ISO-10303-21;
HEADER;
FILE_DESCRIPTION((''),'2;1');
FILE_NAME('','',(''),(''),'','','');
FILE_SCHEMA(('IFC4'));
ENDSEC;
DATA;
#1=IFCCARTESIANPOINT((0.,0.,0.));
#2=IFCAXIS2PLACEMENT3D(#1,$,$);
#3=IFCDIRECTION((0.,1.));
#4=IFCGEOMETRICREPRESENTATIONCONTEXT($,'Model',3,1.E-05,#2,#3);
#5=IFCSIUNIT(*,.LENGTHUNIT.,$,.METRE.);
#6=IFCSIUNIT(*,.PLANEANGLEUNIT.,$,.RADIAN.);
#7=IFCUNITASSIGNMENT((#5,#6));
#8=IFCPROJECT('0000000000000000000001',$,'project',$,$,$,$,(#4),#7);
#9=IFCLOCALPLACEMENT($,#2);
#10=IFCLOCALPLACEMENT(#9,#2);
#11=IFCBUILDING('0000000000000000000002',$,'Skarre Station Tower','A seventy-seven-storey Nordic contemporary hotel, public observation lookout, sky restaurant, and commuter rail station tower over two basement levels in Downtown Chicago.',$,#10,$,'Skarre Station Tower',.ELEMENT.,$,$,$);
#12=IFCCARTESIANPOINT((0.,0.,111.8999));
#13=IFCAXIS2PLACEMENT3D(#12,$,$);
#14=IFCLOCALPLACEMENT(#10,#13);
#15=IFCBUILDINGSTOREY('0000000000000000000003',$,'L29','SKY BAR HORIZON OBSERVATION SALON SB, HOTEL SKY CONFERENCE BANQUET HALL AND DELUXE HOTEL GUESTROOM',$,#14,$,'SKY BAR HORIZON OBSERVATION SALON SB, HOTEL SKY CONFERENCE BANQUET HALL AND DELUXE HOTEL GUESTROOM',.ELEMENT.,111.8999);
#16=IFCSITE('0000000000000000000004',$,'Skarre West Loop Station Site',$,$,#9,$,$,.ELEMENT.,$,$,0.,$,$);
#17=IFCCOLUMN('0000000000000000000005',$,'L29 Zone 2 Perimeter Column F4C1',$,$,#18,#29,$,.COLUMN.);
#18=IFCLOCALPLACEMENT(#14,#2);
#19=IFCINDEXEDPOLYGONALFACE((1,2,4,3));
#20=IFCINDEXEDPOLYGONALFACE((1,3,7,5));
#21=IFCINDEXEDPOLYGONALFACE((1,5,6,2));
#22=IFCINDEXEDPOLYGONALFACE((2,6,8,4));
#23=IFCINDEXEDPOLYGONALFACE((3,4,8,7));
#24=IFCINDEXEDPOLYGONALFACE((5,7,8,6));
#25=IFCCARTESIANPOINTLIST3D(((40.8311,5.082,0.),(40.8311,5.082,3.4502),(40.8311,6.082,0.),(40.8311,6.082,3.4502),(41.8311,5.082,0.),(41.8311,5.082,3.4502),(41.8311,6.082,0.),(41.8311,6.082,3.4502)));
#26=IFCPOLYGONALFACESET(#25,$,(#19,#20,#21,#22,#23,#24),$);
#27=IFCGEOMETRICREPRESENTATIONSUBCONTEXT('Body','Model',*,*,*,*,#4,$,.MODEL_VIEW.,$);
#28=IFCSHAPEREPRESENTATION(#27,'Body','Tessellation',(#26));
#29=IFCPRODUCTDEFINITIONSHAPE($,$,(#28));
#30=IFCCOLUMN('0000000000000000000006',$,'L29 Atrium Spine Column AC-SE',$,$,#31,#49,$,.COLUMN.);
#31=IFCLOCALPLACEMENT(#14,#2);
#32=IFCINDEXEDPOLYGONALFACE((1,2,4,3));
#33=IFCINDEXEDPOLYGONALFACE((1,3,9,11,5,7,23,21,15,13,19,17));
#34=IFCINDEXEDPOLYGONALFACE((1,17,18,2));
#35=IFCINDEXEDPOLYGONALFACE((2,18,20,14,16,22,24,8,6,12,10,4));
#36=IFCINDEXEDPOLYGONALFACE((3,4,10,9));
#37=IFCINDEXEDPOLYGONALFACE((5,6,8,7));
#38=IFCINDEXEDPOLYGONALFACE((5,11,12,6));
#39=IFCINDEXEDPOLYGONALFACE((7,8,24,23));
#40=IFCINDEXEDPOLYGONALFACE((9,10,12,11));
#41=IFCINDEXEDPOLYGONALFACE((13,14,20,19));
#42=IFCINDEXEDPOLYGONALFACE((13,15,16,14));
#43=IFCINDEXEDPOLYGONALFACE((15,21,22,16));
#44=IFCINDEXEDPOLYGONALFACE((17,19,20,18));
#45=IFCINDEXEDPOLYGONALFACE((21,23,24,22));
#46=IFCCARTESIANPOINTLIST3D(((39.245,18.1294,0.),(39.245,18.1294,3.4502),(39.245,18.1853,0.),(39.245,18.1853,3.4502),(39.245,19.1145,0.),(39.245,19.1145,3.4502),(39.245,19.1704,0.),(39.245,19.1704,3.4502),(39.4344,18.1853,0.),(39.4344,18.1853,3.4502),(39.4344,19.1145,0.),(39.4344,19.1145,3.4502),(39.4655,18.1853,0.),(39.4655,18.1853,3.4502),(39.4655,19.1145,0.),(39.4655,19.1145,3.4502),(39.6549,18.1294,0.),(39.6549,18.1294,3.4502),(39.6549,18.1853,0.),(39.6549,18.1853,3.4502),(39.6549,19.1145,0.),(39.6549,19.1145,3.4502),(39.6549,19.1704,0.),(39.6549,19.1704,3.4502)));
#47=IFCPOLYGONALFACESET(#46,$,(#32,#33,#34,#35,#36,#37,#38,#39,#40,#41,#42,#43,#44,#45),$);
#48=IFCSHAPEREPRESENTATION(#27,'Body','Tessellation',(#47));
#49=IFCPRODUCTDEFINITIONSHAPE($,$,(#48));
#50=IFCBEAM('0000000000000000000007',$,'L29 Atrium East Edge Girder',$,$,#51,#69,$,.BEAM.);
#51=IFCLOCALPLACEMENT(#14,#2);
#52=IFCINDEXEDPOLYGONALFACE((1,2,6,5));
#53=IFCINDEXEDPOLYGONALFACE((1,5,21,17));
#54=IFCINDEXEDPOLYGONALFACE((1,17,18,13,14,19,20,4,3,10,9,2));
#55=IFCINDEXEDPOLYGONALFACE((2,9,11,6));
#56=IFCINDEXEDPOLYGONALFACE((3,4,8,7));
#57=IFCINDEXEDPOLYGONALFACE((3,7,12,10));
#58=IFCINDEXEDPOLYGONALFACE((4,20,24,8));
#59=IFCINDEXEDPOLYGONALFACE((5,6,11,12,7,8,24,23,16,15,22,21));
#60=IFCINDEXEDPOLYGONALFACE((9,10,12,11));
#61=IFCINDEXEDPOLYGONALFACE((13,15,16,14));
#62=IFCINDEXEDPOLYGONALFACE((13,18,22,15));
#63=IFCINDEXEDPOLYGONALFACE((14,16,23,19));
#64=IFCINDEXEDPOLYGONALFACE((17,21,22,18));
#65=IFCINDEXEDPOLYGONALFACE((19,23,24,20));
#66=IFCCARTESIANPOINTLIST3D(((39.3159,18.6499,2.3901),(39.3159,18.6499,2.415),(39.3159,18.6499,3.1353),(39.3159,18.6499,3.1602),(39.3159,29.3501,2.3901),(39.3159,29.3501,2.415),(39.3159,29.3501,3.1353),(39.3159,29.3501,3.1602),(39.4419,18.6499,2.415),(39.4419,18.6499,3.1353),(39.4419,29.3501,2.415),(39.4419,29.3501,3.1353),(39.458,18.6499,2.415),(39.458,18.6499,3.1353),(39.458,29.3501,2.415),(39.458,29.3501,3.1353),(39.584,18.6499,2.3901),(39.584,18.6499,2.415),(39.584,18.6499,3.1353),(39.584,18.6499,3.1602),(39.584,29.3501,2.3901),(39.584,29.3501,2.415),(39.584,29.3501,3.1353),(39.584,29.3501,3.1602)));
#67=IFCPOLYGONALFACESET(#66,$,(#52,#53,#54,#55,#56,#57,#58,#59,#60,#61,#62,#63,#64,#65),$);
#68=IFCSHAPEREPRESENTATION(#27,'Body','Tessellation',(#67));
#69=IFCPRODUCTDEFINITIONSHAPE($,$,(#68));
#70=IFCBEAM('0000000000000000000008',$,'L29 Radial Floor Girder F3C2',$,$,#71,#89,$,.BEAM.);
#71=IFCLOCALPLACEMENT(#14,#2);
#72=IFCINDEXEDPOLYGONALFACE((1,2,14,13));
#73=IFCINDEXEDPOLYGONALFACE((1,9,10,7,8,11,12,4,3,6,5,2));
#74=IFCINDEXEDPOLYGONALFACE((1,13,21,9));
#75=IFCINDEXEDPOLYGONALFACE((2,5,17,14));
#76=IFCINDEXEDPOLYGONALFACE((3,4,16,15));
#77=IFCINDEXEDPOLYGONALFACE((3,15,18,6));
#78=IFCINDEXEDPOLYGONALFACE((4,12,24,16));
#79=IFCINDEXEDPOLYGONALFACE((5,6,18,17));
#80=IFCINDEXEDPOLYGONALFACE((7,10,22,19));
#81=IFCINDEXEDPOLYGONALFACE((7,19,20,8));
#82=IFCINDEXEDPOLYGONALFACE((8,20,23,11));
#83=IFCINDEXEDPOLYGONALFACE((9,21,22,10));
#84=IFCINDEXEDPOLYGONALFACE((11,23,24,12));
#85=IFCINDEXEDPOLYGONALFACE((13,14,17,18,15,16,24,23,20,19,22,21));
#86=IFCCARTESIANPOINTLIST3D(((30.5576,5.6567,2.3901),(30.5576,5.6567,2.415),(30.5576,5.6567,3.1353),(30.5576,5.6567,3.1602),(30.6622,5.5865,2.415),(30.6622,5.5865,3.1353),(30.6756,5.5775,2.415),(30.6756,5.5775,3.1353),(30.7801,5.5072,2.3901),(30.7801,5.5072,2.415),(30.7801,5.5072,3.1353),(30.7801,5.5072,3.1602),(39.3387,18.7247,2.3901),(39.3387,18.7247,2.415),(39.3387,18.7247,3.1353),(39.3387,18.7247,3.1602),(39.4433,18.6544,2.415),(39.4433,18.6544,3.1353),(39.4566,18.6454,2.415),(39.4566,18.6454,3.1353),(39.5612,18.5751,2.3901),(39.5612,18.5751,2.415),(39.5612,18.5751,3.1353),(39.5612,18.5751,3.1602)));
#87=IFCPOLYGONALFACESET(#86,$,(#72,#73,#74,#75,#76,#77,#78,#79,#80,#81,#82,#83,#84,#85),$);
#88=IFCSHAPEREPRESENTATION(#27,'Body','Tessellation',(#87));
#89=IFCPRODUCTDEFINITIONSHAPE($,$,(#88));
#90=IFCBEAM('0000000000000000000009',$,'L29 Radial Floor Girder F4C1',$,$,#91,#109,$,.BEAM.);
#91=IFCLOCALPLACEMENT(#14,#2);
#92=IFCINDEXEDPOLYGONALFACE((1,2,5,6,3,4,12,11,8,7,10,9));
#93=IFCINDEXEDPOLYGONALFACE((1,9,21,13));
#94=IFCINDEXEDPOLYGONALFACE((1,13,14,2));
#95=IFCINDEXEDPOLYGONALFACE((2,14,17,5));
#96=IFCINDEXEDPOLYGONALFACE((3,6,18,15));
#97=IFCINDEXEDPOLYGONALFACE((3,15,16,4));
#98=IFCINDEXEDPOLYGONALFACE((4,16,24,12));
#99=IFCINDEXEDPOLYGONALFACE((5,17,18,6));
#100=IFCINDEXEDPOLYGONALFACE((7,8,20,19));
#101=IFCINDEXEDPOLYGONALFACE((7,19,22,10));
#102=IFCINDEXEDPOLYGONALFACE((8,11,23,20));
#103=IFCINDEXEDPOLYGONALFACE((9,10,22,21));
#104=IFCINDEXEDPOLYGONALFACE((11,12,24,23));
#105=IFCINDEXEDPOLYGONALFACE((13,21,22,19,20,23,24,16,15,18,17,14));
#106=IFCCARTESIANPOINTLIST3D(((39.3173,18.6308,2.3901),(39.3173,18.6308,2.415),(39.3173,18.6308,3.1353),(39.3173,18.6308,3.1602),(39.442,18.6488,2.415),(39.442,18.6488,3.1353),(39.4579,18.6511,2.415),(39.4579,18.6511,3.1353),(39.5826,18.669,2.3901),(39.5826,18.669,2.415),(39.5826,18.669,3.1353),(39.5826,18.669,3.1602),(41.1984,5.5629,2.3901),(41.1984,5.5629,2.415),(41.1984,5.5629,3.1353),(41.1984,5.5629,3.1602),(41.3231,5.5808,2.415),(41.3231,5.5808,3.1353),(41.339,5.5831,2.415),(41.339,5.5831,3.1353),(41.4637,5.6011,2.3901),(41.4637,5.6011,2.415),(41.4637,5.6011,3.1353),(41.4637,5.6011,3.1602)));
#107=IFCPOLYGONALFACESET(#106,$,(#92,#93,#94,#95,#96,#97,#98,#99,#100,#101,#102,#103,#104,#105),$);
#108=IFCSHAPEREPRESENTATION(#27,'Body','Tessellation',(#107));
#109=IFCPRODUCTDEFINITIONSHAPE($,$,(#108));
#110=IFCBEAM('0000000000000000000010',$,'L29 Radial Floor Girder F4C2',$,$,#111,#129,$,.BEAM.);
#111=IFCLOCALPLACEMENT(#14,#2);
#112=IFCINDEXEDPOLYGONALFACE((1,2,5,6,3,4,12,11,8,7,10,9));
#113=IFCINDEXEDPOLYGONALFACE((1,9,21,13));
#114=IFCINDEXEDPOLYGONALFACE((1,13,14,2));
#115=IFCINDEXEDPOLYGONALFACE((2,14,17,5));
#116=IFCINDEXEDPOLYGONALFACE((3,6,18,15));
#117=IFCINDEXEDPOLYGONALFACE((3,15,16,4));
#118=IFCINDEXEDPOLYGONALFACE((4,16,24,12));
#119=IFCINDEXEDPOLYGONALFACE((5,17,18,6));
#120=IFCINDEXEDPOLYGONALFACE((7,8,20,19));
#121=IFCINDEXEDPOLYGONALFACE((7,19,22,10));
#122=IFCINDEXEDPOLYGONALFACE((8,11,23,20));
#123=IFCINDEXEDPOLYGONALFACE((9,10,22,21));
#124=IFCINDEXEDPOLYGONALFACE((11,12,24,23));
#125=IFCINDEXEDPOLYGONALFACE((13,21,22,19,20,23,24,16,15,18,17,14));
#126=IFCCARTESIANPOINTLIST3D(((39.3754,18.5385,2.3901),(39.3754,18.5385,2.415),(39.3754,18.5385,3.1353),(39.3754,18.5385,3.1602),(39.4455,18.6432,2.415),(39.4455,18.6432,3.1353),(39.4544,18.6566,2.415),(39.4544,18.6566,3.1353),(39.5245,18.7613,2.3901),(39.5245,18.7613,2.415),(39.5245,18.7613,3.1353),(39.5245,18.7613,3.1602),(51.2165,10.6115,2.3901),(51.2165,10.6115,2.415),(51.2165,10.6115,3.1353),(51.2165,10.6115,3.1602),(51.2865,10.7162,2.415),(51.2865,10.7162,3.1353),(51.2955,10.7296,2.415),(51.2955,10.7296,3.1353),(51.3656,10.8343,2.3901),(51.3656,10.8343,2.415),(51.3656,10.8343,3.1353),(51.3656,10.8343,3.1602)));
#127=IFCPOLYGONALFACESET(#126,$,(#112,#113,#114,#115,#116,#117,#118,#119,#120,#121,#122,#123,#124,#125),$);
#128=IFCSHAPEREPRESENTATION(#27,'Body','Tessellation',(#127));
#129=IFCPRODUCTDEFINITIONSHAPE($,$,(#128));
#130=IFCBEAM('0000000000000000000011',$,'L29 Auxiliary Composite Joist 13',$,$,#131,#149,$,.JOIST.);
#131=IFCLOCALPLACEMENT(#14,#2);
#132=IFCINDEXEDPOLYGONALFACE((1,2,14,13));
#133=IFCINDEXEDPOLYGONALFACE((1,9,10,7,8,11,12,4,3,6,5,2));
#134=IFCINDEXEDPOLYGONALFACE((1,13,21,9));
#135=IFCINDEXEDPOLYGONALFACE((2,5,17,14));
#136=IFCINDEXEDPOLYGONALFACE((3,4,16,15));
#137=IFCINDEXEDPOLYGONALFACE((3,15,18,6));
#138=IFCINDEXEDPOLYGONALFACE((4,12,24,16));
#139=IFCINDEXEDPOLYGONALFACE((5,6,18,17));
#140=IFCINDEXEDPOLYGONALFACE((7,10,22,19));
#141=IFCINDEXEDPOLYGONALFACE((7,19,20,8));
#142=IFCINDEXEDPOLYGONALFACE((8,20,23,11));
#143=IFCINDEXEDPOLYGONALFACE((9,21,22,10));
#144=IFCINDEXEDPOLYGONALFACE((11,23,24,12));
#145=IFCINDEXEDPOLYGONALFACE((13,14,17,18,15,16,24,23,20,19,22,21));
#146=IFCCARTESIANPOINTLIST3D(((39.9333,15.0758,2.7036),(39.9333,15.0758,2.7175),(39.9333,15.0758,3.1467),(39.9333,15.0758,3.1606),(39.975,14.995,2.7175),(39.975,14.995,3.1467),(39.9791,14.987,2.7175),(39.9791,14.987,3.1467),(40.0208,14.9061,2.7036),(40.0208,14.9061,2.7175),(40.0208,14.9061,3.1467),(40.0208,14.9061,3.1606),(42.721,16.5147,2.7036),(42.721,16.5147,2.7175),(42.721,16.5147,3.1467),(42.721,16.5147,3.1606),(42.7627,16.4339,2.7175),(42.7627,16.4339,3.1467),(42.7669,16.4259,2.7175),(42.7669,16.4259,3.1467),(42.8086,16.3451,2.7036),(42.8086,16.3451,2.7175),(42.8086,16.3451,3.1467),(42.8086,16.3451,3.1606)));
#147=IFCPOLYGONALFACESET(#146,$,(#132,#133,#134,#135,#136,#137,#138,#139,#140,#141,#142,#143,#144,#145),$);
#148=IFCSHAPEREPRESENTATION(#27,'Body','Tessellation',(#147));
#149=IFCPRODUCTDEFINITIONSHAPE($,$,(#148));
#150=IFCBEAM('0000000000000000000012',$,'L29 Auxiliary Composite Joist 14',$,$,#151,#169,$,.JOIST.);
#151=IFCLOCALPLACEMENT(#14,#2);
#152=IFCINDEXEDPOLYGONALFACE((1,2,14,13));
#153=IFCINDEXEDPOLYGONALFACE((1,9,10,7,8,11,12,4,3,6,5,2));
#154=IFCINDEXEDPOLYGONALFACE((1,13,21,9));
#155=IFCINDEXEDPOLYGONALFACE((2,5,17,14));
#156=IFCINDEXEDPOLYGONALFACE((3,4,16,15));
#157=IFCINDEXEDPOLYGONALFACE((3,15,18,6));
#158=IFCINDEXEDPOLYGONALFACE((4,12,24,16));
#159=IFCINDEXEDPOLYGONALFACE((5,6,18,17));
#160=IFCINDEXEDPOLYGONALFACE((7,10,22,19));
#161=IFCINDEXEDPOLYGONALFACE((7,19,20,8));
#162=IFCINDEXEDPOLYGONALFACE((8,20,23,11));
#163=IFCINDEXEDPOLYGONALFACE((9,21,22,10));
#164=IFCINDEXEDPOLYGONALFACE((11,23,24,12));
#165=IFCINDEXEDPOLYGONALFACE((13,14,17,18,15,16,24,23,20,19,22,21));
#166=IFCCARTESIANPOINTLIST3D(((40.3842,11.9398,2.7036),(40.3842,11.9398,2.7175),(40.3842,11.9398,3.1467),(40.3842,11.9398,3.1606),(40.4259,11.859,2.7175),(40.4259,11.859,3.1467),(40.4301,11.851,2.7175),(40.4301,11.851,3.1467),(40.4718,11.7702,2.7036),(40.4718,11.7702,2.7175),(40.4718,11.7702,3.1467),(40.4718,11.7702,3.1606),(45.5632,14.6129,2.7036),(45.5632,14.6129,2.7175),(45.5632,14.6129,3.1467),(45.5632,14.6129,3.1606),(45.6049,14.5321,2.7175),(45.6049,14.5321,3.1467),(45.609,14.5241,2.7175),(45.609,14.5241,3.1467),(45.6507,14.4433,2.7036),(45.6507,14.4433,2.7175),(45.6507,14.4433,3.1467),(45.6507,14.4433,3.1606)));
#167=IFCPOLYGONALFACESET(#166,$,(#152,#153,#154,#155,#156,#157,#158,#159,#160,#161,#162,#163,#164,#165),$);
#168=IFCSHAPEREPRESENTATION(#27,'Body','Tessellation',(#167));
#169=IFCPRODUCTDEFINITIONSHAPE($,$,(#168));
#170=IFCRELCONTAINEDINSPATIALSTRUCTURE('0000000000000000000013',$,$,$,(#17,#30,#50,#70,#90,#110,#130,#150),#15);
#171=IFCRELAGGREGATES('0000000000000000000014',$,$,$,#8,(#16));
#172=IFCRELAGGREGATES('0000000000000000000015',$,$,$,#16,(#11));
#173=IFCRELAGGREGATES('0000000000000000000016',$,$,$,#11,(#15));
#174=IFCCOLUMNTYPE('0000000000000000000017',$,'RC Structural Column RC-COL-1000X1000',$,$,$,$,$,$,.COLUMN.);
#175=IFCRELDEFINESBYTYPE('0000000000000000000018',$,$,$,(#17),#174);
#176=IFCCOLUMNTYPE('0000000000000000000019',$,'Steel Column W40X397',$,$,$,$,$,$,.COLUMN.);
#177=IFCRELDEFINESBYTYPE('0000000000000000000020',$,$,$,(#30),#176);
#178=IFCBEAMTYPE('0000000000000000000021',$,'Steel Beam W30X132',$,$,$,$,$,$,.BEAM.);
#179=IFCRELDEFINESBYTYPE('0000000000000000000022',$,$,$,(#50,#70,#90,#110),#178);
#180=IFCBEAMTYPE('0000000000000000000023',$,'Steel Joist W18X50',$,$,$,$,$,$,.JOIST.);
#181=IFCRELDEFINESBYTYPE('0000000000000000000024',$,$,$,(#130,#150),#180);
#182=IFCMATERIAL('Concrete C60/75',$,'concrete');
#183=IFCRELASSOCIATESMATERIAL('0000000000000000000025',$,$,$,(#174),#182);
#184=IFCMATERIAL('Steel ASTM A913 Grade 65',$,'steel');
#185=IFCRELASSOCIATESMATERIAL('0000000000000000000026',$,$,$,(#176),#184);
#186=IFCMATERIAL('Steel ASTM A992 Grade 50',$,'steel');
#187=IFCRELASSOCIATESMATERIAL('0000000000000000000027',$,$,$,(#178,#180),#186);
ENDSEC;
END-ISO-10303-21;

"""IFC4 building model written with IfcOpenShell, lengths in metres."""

from ifc_helpers import new_model, si_unit, direction, frame, origin, origin_2d, place, context, subcontext, project, spatial, rectangle, i_section, extrude, material, material_profile, profile_set, type_object, element, save


model = new_model("IFC4")

# Units and contexts
model_context = context("Model", 3, precision=1e-05, world=origin(), true_north=direction((0.0, 1.0)))
body_context = subcontext(model_context, "Body", "Model", "MODEL_VIEW")
ifc_project = project(units=[si_unit("LENGTHUNIT", "METRE"), si_unit("PLANEANGLEUNIT", "RADIAN")], contexts=[model_context])

# Site, building, storey
site_placement = place(None, origin())
site = spatial("IfcSite", under=ifc_project, at=site_placement, Name="Skarre West Loop Station Site", CompositionType="ELEMENT", RefElevation=0.0)
building_placement = place(site_placement, origin())
building = spatial("IfcBuilding", under=site, at=building_placement, Name="Skarre Station Tower", Description="A seventy-seven-storey Nordic contemporary hotel, public observation lookout, sky restaurant, and commuter rail station tower over two basement levels in Downtown Chicago.", LongName="Skarre Station Tower", CompositionType="ELEMENT")
storey_placement = place(building_placement, frame((0.0, 0.0, 111.8999)))
storey = spatial("IfcBuildingStorey", under=building, at=storey_placement, Name="L29", Description="SKY BAR HORIZON OBSERVATION SALON SB, HOTEL SKY CONFERENCE BANQUET HALL AND DELUXE HOTEL GUESTROOM", LongName="SKY BAR HORIZON OBSERVATION SALON SB, HOTEL SKY CONFERENCE BANQUET HALL AND DELUXE HOTEL GUESTROOM", CompositionType="ELEMENT", Elevation=111.8999)

# Columns
ifc_material_1 = material(Name="Concrete C60/75", Category="concrete")
ifc_material_profile_1 = material_profile(ifc_material_1, rectangle(XDim=1.0, YDim=1.0, at=origin_2d()), Name="Concrete C60/75")
ifc_profile_set_1 = profile_set([ifc_material_profile_1], Name="Concrete C60/75")
column_type_1 = type_object("IfcColumnType", Name="RC Structural Column RC-COL-1000X1000", PredefinedType="COLUMN", material=ifc_profile_set_1)
column_1_placement = place(storey_placement, frame((41.3311, 5.582, 0.0), z_axis=(0.0, 0.0, 1.0), x_axis=(1.0, 0.0, 0.0)))
element("IfcColumn", 1, at=column_1_placement, inside=storey, type_object=column_type_1, Name="L29 Zone 2 Perimeter Column F4C1", PredefinedType="COLUMN", context=body_context, shape_type="SweptSolid", body=[
    extrude(rectangle(XDim=1.0, YDim=1.0, at=origin_2d()), origin(), (0.0, 0.0, 1.0), 3.4502),
])
ifc_material_2 = material(Name="Steel ASTM A913 Grade 65", Category="steel")
ifc_material_profile_2 = material_profile(ifc_material_2, i_section(OverallWidth=0.4099, OverallDepth=1.041, WebThickness=0.031, FlangeThickness=0.0559, at=origin_2d()), Name="Steel ASTM A913 Grade 65")
ifc_profile_set_2 = profile_set([ifc_material_profile_2], Name="Steel ASTM A913 Grade 65")
column_type_2 = type_object("IfcColumnType", Name="Steel Column W40X397", PredefinedType="COLUMN", material=ifc_profile_set_2)
column_2_placement = place(storey_placement, frame((39.45, 18.6499, 0.0), z_axis=(0.0, 0.0, 1.0), x_axis=(1.0, 0.0, 0.0)))
element("IfcColumn", 2, at=column_2_placement, inside=storey, type_object=column_type_2, Name="L29 Atrium Spine Column AC-SE", PredefinedType="COLUMN", context=body_context, shape_type="SweptSolid", body=[
    extrude(i_section(OverallWidth=0.4099, OverallDepth=1.041, WebThickness=0.031, FlangeThickness=0.0559, at=origin_2d()), origin(), (0.0, 0.0, 1.0), 3.4502),
])

# Beams
ifc_material_3 = material(Name="Steel ASTM A992 Grade 50", Category="steel")
ifc_material_profile_3 = material_profile(ifc_material_3, i_section(OverallWidth=0.2681, OverallDepth=0.77, WebThickness=0.0161, FlangeThickness=0.0249, at=origin_2d()), Name="Steel ASTM A992 Grade 50")
ifc_profile_set_3 = profile_set([ifc_material_profile_3], Name="Steel ASTM A992 Grade 50")
beam_type_1 = type_object("IfcBeamType", Name="Steel Beam W30X132", PredefinedType="BEAM", material=ifc_profile_set_3)
beam_1_placement = place(storey_placement, frame((39.45, 18.6499, 2.7751), z_axis=(0.0, 1.0, 0.0), x_axis=(-1.0, 0.0, 0.0)))
element("IfcBeam", 3, at=beam_1_placement, inside=storey, type_object=beam_type_1, Name="L29 Atrium East Edge Girder", PredefinedType="BEAM", context=body_context, shape_type="SweptSolid", body=[
    extrude(i_section(OverallWidth=0.2681, OverallDepth=0.77, WebThickness=0.0161, FlangeThickness=0.0249, at=origin_2d()), origin(), (0.0, 0.0, 1.0), 10.7002),
])
beam_2_placement = place(storey_placement, frame((39.45, 18.6499, 2.7751), z_axis=(-0.557735, -0.830019, 0.0), x_axis=(0.830019, -0.557735, 0.0)))
element("IfcBeam", 4, at=beam_2_placement, inside=storey, type_object=beam_type_1, Name="L29 Radial Floor Girder F3C2", PredefinedType="BEAM", context=body_context, shape_type="SweptSolid", body=[
    extrude(i_section(OverallWidth=0.2681, OverallDepth=0.77, WebThickness=0.0161, FlangeThickness=0.0249, at=origin_2d()), origin(), (0.0, 0.0, 1.0), 15.7441),
])
beam_3_placement = place(storey_placement, frame((39.45, 18.6499, 2.7751), z_axis=(0.14248, -0.989798, 0.0), x_axis=(0.989798, 0.14248, 0.0)))
element("IfcBeam", 5, at=beam_3_placement, inside=storey, type_object=beam_type_1, Name="L29 Radial Floor Girder F4C1", PredefinedType="BEAM", context=body_context, shape_type="SweptSolid", body=[
    extrude(i_section(OverallWidth=0.2681, OverallDepth=0.77, WebThickness=0.0161, FlangeThickness=0.0249, at=origin_2d()), origin(), (0.0, 0.0, 1.0), 13.2026),
])
beam_4_placement = place(storey_placement, frame((39.45, 18.6499, 2.7751), z_axis=(0.830981, -0.5563, 0.0), x_axis=(0.5563, 0.830981, 0.0)))
element("IfcBeam", 6, at=beam_4_placement, inside=storey, type_object=beam_type_1, Name="L29 Radial Floor Girder F4C2", PredefinedType="BEAM", context=body_context, shape_type="SweptSolid", body=[
    extrude(i_section(OverallWidth=0.2681, OverallDepth=0.77, WebThickness=0.0161, FlangeThickness=0.0249, at=origin_2d()), origin(), (0.0, 0.0, 1.0), 14.2495),
])
ifc_material_profile_4 = material_profile(ifc_material_3, i_section(OverallWidth=0.1909, OverallDepth=0.457, WebThickness=0.009, FlangeThickness=0.0139, at=origin_2d()), Name="Steel ASTM A992 Grade 50")
ifc_profile_set_4 = profile_set([ifc_material_profile_4], Name="Steel ASTM A992 Grade 50")
beam_type_2 = type_object("IfcBeamType", Name="Steel Joist W18X50", PredefinedType="JOIST", material=ifc_profile_set_4)
beam_5_placement = place(storey_placement, frame((39.9771, 14.991, 2.9321), z_axis=(0.88861, 0.458663, 0.0), x_axis=(-0.458663, 0.88861, 0.0)))
element("IfcBeam", 7, at=beam_5_placement, inside=storey, type_object=beam_type_2, Name="L29 Auxiliary Composite Joist 13", PredefinedType="JOIST", context=body_context, shape_type="SweptSolid", body=[
    extrude(i_section(OverallWidth=0.1909, OverallDepth=0.457, WebThickness=0.009, FlangeThickness=0.0139, at=origin_2d()), origin(), (0.0, 0.0, 1.0), 3.1372),
])
beam_6_placement = place(storey_placement, frame((40.428, 11.855, 2.9321), z_axis=(0.888615, 0.458655, 0.0), x_axis=(-0.458655, 0.888615, 0.0)))
element("IfcBeam", 8, at=beam_6_placement, inside=storey, type_object=beam_type_2, Name="L29 Auxiliary Composite Joist 14", PredefinedType="JOIST", context=body_context, shape_type="SweptSolid", body=[
    extrude(i_section(OverallWidth=0.1909, OverallDepth=0.457, WebThickness=0.009, FlangeThickness=0.0139, at=origin_2d()), origin(), (0.0, 0.0, 1.0), 5.8281),
])

save(model, "model.ifc")
